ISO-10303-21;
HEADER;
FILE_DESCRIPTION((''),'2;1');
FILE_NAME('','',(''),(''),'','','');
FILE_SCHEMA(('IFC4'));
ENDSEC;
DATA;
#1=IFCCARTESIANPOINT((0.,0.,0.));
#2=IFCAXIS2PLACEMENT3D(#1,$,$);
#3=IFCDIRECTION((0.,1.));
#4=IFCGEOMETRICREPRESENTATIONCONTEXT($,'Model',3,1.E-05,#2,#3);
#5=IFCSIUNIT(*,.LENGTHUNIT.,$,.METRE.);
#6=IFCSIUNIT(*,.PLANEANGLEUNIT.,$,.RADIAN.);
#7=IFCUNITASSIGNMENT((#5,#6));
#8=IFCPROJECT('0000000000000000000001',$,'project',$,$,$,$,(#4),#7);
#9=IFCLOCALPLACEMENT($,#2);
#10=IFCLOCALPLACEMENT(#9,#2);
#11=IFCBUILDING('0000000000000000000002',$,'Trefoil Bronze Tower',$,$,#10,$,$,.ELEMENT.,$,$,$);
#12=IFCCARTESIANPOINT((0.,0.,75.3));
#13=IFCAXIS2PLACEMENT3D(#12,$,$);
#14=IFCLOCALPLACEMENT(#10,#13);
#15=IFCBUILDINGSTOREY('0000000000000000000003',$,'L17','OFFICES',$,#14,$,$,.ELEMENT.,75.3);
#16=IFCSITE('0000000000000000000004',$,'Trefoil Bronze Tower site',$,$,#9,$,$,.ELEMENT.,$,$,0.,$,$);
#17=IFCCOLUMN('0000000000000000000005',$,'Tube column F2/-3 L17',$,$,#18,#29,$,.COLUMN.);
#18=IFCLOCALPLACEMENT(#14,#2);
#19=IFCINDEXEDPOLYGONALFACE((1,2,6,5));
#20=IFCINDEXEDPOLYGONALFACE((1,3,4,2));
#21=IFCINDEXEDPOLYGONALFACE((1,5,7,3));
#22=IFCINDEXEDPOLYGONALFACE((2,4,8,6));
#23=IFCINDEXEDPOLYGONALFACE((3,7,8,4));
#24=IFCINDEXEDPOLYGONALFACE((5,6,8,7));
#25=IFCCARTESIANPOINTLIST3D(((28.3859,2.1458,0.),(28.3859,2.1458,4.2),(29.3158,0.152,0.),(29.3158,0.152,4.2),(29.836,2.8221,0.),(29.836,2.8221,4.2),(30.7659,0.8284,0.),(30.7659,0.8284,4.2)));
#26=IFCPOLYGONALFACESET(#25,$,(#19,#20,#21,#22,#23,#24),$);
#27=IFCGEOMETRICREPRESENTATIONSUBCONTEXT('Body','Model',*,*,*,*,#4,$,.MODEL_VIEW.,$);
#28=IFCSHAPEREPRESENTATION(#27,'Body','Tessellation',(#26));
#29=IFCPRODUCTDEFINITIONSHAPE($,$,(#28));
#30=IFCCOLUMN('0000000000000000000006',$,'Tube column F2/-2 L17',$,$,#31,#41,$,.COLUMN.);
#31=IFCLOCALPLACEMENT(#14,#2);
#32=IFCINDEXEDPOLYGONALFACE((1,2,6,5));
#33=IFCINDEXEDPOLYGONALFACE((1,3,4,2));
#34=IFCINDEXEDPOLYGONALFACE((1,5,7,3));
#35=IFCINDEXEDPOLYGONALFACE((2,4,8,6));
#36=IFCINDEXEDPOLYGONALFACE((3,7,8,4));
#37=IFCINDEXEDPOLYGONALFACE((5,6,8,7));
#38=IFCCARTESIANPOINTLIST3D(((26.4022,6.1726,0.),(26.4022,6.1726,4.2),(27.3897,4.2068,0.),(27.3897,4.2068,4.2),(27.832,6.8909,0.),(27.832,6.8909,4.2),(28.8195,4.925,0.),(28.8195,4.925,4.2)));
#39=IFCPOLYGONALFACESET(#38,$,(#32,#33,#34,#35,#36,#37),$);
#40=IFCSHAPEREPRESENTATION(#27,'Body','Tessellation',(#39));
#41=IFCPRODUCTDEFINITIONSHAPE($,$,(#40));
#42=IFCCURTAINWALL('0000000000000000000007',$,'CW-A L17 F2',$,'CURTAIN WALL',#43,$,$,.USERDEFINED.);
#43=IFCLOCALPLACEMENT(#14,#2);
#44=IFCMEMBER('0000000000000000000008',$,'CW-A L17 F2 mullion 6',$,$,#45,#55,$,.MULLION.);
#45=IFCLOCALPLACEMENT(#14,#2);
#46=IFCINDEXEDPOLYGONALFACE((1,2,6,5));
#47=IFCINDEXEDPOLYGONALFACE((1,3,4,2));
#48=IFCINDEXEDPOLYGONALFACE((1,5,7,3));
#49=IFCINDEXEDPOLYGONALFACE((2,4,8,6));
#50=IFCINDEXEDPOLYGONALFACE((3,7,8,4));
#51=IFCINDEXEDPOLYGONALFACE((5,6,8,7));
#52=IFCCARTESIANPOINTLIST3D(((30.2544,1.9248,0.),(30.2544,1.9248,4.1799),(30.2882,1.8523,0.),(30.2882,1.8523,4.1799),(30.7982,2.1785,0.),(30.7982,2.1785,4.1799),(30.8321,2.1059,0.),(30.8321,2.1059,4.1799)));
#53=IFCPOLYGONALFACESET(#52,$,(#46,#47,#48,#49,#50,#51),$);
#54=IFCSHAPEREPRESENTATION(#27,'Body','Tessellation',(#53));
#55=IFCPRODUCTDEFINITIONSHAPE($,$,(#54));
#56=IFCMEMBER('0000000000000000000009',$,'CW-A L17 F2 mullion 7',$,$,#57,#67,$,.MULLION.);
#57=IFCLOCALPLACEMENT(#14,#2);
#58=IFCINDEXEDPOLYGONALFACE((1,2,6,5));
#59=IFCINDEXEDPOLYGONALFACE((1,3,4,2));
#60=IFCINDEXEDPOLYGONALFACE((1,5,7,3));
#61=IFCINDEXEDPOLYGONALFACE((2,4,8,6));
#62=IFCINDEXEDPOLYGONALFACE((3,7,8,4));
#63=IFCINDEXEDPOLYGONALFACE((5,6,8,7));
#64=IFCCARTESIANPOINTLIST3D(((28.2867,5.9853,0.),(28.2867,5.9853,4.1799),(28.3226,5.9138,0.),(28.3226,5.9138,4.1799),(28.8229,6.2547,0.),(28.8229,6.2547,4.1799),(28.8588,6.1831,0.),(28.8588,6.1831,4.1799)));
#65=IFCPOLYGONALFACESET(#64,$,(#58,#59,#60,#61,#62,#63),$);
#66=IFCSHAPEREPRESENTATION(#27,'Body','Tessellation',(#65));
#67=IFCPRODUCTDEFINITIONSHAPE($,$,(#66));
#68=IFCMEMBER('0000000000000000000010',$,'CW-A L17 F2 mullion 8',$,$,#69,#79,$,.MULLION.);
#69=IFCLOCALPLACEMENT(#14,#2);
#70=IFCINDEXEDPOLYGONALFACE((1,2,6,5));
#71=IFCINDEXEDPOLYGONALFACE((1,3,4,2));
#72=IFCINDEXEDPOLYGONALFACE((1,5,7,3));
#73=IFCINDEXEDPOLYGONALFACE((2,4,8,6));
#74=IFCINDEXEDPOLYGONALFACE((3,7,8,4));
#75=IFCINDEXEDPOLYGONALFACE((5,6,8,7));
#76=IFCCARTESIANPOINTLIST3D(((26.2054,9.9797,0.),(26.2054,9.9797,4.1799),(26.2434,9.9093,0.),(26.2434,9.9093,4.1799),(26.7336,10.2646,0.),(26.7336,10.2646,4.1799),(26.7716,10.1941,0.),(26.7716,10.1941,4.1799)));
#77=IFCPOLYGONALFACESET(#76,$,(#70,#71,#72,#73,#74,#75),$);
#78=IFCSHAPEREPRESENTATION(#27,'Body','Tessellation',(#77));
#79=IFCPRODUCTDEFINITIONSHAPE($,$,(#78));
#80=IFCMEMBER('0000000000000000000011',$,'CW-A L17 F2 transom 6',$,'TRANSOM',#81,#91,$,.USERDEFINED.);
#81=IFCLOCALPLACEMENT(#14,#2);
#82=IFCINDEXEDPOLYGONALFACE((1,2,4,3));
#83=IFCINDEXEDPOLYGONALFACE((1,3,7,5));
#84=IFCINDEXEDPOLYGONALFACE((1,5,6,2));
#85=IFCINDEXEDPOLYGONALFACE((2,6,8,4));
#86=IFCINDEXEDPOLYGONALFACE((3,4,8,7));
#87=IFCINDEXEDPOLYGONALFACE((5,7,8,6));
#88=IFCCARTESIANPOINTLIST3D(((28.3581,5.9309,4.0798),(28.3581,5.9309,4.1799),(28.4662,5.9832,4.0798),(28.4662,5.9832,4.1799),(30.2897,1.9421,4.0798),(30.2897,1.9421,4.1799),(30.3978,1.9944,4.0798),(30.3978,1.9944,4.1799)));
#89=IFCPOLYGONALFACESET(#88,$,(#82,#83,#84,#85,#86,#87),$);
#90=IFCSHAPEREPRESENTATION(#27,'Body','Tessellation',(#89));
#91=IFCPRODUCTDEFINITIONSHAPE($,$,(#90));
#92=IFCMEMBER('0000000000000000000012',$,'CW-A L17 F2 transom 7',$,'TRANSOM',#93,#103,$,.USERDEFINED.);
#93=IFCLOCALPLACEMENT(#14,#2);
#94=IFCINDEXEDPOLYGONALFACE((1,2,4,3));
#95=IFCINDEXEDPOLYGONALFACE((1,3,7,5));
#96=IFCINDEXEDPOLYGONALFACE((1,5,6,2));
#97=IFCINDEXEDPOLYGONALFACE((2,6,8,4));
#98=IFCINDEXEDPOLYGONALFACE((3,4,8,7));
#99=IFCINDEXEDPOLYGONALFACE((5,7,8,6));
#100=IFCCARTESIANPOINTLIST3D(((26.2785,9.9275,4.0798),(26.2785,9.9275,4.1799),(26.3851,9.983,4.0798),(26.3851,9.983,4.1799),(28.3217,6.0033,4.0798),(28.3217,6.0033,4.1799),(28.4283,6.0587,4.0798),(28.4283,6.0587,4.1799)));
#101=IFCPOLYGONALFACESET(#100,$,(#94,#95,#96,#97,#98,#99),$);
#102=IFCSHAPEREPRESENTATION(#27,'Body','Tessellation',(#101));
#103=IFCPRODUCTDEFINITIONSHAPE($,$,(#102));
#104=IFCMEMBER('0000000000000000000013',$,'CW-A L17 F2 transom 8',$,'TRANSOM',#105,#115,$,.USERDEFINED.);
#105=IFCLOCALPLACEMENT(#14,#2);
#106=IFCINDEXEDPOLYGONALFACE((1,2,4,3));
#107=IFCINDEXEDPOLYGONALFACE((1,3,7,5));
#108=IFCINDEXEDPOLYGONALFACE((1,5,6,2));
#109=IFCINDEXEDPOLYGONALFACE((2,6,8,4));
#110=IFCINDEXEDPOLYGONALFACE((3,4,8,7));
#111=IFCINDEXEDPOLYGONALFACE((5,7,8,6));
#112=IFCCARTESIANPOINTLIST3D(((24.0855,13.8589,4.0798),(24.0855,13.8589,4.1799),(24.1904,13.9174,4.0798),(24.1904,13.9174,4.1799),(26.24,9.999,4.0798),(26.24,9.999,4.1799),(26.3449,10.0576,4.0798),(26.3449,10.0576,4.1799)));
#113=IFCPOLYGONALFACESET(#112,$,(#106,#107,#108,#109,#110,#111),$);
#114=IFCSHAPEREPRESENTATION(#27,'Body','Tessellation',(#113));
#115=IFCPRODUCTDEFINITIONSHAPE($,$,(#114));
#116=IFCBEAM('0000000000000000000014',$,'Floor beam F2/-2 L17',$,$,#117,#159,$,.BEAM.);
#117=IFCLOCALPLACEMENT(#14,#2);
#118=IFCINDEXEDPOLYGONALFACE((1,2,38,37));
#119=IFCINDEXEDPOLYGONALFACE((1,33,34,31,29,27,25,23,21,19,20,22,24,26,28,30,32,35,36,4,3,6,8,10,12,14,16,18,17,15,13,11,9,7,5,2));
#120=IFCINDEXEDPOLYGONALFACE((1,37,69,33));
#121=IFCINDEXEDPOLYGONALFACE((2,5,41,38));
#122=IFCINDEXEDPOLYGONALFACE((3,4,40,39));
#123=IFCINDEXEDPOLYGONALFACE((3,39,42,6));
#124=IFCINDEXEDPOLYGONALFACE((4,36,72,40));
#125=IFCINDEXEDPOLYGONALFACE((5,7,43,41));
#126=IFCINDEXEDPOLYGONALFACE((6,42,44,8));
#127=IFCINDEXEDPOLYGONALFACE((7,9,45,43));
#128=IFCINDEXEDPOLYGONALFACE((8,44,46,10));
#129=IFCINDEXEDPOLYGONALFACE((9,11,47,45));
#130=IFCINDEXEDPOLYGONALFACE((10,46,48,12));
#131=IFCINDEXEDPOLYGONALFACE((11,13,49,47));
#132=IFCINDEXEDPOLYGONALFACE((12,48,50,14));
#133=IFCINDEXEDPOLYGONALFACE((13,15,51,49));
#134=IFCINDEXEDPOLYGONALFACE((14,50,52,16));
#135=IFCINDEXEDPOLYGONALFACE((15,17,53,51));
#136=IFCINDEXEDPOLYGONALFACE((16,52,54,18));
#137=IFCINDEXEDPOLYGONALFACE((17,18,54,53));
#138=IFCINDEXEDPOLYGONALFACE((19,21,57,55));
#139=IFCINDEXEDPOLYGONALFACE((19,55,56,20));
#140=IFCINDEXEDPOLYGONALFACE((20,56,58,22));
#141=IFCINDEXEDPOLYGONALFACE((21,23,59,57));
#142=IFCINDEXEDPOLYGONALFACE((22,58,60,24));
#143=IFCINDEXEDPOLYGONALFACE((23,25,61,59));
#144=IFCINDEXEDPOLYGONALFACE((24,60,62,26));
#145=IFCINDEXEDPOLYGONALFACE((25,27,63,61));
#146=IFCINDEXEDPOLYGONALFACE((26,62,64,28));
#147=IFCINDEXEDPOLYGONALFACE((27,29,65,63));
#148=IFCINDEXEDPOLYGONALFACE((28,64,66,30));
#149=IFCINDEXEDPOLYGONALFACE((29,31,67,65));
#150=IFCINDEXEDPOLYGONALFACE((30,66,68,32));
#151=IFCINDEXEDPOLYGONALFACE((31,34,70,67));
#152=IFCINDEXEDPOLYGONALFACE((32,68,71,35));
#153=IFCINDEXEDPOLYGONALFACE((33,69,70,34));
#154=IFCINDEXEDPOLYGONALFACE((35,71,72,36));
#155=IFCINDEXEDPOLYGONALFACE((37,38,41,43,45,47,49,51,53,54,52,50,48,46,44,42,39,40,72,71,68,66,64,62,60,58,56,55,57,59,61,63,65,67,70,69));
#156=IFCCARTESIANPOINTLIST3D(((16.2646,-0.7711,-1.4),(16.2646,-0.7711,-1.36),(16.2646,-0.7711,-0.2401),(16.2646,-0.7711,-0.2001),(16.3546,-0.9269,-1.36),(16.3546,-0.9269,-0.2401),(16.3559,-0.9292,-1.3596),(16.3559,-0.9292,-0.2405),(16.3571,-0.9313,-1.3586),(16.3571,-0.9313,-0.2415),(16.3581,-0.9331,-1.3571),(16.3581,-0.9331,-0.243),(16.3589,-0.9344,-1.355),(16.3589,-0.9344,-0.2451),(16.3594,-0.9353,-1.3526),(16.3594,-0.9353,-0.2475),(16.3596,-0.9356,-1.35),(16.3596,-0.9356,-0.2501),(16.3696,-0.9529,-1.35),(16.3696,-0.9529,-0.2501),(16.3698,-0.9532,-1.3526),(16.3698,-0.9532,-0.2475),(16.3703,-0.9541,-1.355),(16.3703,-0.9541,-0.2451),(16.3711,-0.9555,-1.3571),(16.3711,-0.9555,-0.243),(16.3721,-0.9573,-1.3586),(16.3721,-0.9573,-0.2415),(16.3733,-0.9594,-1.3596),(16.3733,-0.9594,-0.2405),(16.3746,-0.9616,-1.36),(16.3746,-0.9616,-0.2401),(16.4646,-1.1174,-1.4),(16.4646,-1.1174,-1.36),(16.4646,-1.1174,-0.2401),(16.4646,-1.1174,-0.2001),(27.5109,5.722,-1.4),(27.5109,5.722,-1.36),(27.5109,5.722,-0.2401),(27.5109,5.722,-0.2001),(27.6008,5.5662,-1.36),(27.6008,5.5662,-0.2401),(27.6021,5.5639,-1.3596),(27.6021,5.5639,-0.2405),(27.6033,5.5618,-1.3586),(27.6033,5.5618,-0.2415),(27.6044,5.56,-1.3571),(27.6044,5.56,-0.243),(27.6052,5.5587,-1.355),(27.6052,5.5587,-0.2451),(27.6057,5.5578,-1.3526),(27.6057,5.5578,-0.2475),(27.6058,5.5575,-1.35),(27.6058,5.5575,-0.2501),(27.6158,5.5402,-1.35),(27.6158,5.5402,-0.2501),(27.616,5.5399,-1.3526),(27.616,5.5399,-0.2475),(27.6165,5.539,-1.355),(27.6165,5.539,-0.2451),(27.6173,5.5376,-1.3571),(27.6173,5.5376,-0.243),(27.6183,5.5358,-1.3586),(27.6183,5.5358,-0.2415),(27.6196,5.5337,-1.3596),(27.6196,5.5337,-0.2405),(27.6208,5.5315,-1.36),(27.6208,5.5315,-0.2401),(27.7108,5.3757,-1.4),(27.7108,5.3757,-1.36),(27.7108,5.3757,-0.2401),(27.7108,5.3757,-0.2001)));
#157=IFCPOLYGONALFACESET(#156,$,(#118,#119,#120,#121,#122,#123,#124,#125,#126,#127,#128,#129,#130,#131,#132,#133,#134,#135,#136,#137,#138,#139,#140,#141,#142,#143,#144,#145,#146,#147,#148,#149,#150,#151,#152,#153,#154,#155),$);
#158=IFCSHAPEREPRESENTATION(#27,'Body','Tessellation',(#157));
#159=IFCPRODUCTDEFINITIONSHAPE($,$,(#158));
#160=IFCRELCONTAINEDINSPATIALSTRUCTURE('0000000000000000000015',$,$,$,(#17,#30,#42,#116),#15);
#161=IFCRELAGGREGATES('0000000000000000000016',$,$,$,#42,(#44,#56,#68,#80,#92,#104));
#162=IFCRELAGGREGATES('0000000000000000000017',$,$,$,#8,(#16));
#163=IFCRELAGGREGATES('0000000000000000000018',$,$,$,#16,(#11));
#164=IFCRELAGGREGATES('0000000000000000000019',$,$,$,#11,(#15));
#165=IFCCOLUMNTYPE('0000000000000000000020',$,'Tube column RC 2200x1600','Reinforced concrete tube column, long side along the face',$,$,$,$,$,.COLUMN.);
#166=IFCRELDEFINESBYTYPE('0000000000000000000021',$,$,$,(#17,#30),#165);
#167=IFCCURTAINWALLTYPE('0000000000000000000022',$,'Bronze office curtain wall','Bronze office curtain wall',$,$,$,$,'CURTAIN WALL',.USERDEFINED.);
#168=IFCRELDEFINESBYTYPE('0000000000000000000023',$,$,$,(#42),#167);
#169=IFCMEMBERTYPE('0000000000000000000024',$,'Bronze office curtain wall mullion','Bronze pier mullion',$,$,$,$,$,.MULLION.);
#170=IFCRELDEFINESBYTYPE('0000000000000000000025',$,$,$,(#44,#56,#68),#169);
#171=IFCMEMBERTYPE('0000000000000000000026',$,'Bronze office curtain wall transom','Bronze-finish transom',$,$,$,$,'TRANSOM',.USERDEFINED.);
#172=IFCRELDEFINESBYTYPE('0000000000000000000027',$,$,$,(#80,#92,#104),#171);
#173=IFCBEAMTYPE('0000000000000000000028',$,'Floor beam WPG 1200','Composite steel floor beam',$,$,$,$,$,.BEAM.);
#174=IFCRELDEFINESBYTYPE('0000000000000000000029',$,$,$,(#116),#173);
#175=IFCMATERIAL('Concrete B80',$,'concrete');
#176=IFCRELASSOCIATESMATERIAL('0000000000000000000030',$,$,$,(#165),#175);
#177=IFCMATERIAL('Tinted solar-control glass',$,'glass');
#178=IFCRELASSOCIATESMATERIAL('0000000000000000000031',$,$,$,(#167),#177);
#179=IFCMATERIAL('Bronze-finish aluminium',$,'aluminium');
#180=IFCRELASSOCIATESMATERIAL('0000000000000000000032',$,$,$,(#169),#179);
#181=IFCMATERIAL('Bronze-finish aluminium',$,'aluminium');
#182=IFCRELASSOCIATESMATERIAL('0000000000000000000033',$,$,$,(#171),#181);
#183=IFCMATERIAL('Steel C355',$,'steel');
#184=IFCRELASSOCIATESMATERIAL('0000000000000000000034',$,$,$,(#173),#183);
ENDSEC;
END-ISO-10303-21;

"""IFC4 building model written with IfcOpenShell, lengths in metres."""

from ifc_helpers import new_model, si_unit, direction, frame, origin, origin_2d, place, context, subcontext, project, spatial, rectangle, i_section, extrude, material, material_profile, profile_set, type_object, element, aggregate, save


model = new_model("IFC4")

# Units and contexts
model_context = context("Model", 3, precision=1e-05, world=origin(), true_north=direction((0.0, 1.0)))
body_context = subcontext(model_context, "Body", "Model", "MODEL_VIEW")
ifc_project = project(units=[si_unit("LENGTHUNIT", "METRE"), si_unit("PLANEANGLEUNIT", "RADIAN")], contexts=[model_context])

# Site, building, storey
site_placement = place(None, origin())
site = spatial("IfcSite", under=ifc_project, at=site_placement, Name="Trefoil Bronze Tower site", CompositionType="ELEMENT", RefElevation=0.0)
building_placement = place(site_placement, origin())
building = spatial("IfcBuilding", under=site, at=building_placement, Name="Trefoil Bronze Tower", CompositionType="ELEMENT")
storey_placement = place(building_placement, frame((0.0, 0.0, 75.3)))
storey = spatial("IfcBuildingStorey", under=building, at=storey_placement, Name="L17", Description="OFFICES", CompositionType="ELEMENT", Elevation=75.3)

# Columns
ifc_material_1 = material(Name="Concrete B80", Category="concrete")
ifc_material_profile_1 = material_profile(ifc_material_1, rectangle(XDim=2.2, YDim=1.6001, at=origin_2d()), Name="RC 2200x1600")
ifc_profile_set_1 = profile_set([ifc_material_profile_1], Name="Concrete B80")
column_type = type_object("IfcColumnType", Name="Tube column RC 2200x1600", Description="Reinforced concrete tube column, long side along the face", PredefinedType="COLUMN", material=ifc_profile_set_1)
for number, where, z_axis, x_axis, name in (
    (1, (29.5759, 1.4871, 0.0), (0.0, 0.0, 1.0), (-0.422701, 0.906269, 0.0), "Tube column F2/-3 L17"),
    (2, (27.6108, 5.5488, 0.0), (0.0, 0.0, 1.0), (-0.44889, 0.893587, 0.0), "Tube column F2/-2 L17"),
):
    element("IfcColumn", number, at=place(storey_placement, frame(where, z_axis=z_axis, x_axis=x_axis)), inside=storey, type_object=column_type, Name=name, PredefinedType="COLUMN", context=body_context, shape_type="SweptSolid", body=[
        extrude(rectangle(XDim=2.2, YDim=1.6001, at=origin_2d()), origin(), (0.0, 0.0, 1.0), 4.2),
    ])

# Curtain wall, members
ifc_material_2 = material(Name="Tinted solar-control glass", Category="glass")
curtain_wall_type = type_object("IfcCurtainWallType", Name="Bronze office curtain wall", Description="Bronze office curtain wall", ElementType="CURTAIN WALL", PredefinedType="USERDEFINED", material=ifc_material_2)
curtain_wall_placement = place(storey_placement, origin())
curtain_wall = element("IfcCurtainWall", 3, at=curtain_wall_placement, inside=storey, type_object=curtain_wall_type, Name="CW-A L17 F2", ObjectType="CURTAIN WALL", PredefinedType="USERDEFINED")
ifc_material_3 = material(Name="Bronze-finish aluminium", Category="aluminium")
ifc_material_profile_2 = material_profile(ifc_material_3, rectangle(XDim=0.6001, YDim=0.0801, at=origin_2d()), Name="CW-A mullion")
ifc_profile_set_2 = profile_set([ifc_material_profile_2], Name="Bronze-finish aluminium")
member_type_1 = type_object("IfcMemberType", Name="Bronze office curtain wall mullion", Description="Bronze pier mullion", PredefinedType="MULLION", material=ifc_profile_set_2)
member_1_placement = place(storey_placement, frame((30.5432, 2.0154, 0.0), z_axis=(0.0, 0.0, 1.0), x_axis=(-0.906269, -0.422701, 0.0)))
member_1 = element("IfcMember", 4, at=member_1_placement, type_object=member_type_1, Name="CW-A L17 F2 mullion 6", PredefinedType="MULLION", context=body_context, shape_type="SweptSolid", body=[
    extrude(rectangle(XDim=0.6001, YDim=0.0801, at=origin_2d()), origin(), (0.0, 0.0, 1.0), 4.1799),
])
member_2_placement = place(storey_placement, frame((28.5728, 6.0842, 0.0), z_axis=(0.0, 0.0, 1.0), x_axis=(-0.893587, -0.44889, 0.0)))
member_2 = element("IfcMember", 5, at=member_2_placement, type_object=member_type_1, Name="CW-A L17 F2 mullion 7", PredefinedType="MULLION", context=body_context, shape_type="SweptSolid", body=[
    extrude(rectangle(XDim=0.6001, YDim=0.0801, at=origin_2d()), origin(), (0.0, 0.0, 1.0), 4.1799),
])
member_3_placement = place(storey_placement, frame((26.4885, 10.0869, 0.0), z_axis=(0.0, 0.0, 1.0), x_axis=(-0.880171, -0.474656, 0.0)))
member_3 = element("IfcMember", 6, at=member_3_placement, type_object=member_type_1, Name="CW-A L17 F2 mullion 8", PredefinedType="MULLION", context=body_context, shape_type="SweptSolid", body=[
    extrude(rectangle(XDim=0.6001, YDim=0.0801, at=origin_2d()), origin(), (0.0, 0.0, 1.0), 4.1799),
])
ifc_material_4 = material(Name="Bronze-finish aluminium", Category="aluminium")
ifc_material_profile_3 = material_profile(ifc_material_4, rectangle(XDim=0.1201, YDim=0.1001, at=origin_2d()), Name="CW-A transom")
ifc_profile_set_3 = profile_set([ifc_material_profile_3], Name="Bronze-finish aluminium")
member_type_2 = type_object("IfcMemberType", Name="Bronze office curtain wall transom", Description="Bronze-finish transom", ElementType="TRANSOM", PredefinedType="USERDEFINED", material=ifc_profile_set_3)
member_4_placement = place(storey_placement, frame((30.3438, 1.9683, 4.1299), z_axis=(-0.435852, 0.900018, 0.0), x_axis=(-0.900018, -0.435852, 0.0)))
member_4 = element("IfcMember", 7, at=member_4_placement, type_object=member_type_2, Name="CW-A L17 F2 transom 6", ObjectType="TRANSOM", PredefinedType="USERDEFINED", context=body_context, shape_type="SweptSolid", body=[
    extrude(rectangle(XDim=0.1201, YDim=0.1001, at=origin_2d()), origin(), (0.0, 0.0, 1.0), 4.4319),
])
member_5_placement = place(storey_placement, frame((28.375, 6.031, 4.1299), z_axis=(-0.46181, 0.886979, 0.0), x_axis=(-0.886979, -0.46181, 0.0)))
member_5 = element("IfcMember", 8, at=member_5_placement, type_object=member_type_2, Name="CW-A L17 F2 transom 7", ObjectType="TRANSOM", PredefinedType="USERDEFINED", context=body_context, shape_type="SweptSolid", body=[
    extrude(rectangle(XDim=0.1201, YDim=0.1001, at=origin_2d()), origin(), (0.0, 0.0, 1.0), 4.4243),
])
member_6_placement = place(storey_placement, frame((26.2925, 10.0283, 4.1299), z_axis=(-0.4874, 0.873179, 0.0), x_axis=(-0.873179, -0.4874, 0.0)))
member_6 = element("IfcMember", 9, at=member_6_placement, type_object=member_type_2, Name="CW-A L17 F2 transom 8", ObjectType="TRANSOM", PredefinedType="USERDEFINED", context=body_context, shape_type="SweptSolid", body=[
    extrude(rectangle(XDim=0.1201, YDim=0.1001, at=origin_2d()), origin(), (0.0, 0.0, 1.0), 4.4204),
])

# Beam
ifc_material_5 = material(Name="Steel C355", Category="steel")
ifc_material_profile_4 = material_profile(ifc_material_5, i_section(OverallWidth=0.3999, OverallDepth=1.2, WebThickness=0.02, FlangeThickness=0.04, FilletRadius=0.01, at=origin_2d()), Name="WPG 1200")
ifc_profile_set_4 = profile_set([ifc_material_profile_4], Name="Steel C355")
beam_type_1 = type_object("IfcBeamType", Name="Floor beam WPG 1200", Description="Composite steel floor beam", PredefinedType="BEAM", material=ifc_profile_set_4)
beam_1_placement = place(storey_placement, frame((27.6108, 5.5488, -0.8), z_axis=(-0.866022, -0.500005, 0.0), x_axis=(0.500005, -0.866022, 0.0)))
element("IfcBeam", 10, at=beam_1_placement, inside=storey, type_object=beam_type_1, Name="Floor beam F2/-2 L17", PredefinedType="BEAM", context=body_context, shape_type="SweptSolid", body=[
    extrude(i_section(OverallWidth=0.3999, OverallDepth=1.2, WebThickness=0.02, FlangeThickness=0.04, FilletRadius=0.01, at=origin_2d()), origin(), (0.0, 0.0, 1.0), 12.9861),
])

aggregate(curtain_wall, [member_1, member_2, member_3, member_4, member_5, member_6])

save(model, "model.ifc")
